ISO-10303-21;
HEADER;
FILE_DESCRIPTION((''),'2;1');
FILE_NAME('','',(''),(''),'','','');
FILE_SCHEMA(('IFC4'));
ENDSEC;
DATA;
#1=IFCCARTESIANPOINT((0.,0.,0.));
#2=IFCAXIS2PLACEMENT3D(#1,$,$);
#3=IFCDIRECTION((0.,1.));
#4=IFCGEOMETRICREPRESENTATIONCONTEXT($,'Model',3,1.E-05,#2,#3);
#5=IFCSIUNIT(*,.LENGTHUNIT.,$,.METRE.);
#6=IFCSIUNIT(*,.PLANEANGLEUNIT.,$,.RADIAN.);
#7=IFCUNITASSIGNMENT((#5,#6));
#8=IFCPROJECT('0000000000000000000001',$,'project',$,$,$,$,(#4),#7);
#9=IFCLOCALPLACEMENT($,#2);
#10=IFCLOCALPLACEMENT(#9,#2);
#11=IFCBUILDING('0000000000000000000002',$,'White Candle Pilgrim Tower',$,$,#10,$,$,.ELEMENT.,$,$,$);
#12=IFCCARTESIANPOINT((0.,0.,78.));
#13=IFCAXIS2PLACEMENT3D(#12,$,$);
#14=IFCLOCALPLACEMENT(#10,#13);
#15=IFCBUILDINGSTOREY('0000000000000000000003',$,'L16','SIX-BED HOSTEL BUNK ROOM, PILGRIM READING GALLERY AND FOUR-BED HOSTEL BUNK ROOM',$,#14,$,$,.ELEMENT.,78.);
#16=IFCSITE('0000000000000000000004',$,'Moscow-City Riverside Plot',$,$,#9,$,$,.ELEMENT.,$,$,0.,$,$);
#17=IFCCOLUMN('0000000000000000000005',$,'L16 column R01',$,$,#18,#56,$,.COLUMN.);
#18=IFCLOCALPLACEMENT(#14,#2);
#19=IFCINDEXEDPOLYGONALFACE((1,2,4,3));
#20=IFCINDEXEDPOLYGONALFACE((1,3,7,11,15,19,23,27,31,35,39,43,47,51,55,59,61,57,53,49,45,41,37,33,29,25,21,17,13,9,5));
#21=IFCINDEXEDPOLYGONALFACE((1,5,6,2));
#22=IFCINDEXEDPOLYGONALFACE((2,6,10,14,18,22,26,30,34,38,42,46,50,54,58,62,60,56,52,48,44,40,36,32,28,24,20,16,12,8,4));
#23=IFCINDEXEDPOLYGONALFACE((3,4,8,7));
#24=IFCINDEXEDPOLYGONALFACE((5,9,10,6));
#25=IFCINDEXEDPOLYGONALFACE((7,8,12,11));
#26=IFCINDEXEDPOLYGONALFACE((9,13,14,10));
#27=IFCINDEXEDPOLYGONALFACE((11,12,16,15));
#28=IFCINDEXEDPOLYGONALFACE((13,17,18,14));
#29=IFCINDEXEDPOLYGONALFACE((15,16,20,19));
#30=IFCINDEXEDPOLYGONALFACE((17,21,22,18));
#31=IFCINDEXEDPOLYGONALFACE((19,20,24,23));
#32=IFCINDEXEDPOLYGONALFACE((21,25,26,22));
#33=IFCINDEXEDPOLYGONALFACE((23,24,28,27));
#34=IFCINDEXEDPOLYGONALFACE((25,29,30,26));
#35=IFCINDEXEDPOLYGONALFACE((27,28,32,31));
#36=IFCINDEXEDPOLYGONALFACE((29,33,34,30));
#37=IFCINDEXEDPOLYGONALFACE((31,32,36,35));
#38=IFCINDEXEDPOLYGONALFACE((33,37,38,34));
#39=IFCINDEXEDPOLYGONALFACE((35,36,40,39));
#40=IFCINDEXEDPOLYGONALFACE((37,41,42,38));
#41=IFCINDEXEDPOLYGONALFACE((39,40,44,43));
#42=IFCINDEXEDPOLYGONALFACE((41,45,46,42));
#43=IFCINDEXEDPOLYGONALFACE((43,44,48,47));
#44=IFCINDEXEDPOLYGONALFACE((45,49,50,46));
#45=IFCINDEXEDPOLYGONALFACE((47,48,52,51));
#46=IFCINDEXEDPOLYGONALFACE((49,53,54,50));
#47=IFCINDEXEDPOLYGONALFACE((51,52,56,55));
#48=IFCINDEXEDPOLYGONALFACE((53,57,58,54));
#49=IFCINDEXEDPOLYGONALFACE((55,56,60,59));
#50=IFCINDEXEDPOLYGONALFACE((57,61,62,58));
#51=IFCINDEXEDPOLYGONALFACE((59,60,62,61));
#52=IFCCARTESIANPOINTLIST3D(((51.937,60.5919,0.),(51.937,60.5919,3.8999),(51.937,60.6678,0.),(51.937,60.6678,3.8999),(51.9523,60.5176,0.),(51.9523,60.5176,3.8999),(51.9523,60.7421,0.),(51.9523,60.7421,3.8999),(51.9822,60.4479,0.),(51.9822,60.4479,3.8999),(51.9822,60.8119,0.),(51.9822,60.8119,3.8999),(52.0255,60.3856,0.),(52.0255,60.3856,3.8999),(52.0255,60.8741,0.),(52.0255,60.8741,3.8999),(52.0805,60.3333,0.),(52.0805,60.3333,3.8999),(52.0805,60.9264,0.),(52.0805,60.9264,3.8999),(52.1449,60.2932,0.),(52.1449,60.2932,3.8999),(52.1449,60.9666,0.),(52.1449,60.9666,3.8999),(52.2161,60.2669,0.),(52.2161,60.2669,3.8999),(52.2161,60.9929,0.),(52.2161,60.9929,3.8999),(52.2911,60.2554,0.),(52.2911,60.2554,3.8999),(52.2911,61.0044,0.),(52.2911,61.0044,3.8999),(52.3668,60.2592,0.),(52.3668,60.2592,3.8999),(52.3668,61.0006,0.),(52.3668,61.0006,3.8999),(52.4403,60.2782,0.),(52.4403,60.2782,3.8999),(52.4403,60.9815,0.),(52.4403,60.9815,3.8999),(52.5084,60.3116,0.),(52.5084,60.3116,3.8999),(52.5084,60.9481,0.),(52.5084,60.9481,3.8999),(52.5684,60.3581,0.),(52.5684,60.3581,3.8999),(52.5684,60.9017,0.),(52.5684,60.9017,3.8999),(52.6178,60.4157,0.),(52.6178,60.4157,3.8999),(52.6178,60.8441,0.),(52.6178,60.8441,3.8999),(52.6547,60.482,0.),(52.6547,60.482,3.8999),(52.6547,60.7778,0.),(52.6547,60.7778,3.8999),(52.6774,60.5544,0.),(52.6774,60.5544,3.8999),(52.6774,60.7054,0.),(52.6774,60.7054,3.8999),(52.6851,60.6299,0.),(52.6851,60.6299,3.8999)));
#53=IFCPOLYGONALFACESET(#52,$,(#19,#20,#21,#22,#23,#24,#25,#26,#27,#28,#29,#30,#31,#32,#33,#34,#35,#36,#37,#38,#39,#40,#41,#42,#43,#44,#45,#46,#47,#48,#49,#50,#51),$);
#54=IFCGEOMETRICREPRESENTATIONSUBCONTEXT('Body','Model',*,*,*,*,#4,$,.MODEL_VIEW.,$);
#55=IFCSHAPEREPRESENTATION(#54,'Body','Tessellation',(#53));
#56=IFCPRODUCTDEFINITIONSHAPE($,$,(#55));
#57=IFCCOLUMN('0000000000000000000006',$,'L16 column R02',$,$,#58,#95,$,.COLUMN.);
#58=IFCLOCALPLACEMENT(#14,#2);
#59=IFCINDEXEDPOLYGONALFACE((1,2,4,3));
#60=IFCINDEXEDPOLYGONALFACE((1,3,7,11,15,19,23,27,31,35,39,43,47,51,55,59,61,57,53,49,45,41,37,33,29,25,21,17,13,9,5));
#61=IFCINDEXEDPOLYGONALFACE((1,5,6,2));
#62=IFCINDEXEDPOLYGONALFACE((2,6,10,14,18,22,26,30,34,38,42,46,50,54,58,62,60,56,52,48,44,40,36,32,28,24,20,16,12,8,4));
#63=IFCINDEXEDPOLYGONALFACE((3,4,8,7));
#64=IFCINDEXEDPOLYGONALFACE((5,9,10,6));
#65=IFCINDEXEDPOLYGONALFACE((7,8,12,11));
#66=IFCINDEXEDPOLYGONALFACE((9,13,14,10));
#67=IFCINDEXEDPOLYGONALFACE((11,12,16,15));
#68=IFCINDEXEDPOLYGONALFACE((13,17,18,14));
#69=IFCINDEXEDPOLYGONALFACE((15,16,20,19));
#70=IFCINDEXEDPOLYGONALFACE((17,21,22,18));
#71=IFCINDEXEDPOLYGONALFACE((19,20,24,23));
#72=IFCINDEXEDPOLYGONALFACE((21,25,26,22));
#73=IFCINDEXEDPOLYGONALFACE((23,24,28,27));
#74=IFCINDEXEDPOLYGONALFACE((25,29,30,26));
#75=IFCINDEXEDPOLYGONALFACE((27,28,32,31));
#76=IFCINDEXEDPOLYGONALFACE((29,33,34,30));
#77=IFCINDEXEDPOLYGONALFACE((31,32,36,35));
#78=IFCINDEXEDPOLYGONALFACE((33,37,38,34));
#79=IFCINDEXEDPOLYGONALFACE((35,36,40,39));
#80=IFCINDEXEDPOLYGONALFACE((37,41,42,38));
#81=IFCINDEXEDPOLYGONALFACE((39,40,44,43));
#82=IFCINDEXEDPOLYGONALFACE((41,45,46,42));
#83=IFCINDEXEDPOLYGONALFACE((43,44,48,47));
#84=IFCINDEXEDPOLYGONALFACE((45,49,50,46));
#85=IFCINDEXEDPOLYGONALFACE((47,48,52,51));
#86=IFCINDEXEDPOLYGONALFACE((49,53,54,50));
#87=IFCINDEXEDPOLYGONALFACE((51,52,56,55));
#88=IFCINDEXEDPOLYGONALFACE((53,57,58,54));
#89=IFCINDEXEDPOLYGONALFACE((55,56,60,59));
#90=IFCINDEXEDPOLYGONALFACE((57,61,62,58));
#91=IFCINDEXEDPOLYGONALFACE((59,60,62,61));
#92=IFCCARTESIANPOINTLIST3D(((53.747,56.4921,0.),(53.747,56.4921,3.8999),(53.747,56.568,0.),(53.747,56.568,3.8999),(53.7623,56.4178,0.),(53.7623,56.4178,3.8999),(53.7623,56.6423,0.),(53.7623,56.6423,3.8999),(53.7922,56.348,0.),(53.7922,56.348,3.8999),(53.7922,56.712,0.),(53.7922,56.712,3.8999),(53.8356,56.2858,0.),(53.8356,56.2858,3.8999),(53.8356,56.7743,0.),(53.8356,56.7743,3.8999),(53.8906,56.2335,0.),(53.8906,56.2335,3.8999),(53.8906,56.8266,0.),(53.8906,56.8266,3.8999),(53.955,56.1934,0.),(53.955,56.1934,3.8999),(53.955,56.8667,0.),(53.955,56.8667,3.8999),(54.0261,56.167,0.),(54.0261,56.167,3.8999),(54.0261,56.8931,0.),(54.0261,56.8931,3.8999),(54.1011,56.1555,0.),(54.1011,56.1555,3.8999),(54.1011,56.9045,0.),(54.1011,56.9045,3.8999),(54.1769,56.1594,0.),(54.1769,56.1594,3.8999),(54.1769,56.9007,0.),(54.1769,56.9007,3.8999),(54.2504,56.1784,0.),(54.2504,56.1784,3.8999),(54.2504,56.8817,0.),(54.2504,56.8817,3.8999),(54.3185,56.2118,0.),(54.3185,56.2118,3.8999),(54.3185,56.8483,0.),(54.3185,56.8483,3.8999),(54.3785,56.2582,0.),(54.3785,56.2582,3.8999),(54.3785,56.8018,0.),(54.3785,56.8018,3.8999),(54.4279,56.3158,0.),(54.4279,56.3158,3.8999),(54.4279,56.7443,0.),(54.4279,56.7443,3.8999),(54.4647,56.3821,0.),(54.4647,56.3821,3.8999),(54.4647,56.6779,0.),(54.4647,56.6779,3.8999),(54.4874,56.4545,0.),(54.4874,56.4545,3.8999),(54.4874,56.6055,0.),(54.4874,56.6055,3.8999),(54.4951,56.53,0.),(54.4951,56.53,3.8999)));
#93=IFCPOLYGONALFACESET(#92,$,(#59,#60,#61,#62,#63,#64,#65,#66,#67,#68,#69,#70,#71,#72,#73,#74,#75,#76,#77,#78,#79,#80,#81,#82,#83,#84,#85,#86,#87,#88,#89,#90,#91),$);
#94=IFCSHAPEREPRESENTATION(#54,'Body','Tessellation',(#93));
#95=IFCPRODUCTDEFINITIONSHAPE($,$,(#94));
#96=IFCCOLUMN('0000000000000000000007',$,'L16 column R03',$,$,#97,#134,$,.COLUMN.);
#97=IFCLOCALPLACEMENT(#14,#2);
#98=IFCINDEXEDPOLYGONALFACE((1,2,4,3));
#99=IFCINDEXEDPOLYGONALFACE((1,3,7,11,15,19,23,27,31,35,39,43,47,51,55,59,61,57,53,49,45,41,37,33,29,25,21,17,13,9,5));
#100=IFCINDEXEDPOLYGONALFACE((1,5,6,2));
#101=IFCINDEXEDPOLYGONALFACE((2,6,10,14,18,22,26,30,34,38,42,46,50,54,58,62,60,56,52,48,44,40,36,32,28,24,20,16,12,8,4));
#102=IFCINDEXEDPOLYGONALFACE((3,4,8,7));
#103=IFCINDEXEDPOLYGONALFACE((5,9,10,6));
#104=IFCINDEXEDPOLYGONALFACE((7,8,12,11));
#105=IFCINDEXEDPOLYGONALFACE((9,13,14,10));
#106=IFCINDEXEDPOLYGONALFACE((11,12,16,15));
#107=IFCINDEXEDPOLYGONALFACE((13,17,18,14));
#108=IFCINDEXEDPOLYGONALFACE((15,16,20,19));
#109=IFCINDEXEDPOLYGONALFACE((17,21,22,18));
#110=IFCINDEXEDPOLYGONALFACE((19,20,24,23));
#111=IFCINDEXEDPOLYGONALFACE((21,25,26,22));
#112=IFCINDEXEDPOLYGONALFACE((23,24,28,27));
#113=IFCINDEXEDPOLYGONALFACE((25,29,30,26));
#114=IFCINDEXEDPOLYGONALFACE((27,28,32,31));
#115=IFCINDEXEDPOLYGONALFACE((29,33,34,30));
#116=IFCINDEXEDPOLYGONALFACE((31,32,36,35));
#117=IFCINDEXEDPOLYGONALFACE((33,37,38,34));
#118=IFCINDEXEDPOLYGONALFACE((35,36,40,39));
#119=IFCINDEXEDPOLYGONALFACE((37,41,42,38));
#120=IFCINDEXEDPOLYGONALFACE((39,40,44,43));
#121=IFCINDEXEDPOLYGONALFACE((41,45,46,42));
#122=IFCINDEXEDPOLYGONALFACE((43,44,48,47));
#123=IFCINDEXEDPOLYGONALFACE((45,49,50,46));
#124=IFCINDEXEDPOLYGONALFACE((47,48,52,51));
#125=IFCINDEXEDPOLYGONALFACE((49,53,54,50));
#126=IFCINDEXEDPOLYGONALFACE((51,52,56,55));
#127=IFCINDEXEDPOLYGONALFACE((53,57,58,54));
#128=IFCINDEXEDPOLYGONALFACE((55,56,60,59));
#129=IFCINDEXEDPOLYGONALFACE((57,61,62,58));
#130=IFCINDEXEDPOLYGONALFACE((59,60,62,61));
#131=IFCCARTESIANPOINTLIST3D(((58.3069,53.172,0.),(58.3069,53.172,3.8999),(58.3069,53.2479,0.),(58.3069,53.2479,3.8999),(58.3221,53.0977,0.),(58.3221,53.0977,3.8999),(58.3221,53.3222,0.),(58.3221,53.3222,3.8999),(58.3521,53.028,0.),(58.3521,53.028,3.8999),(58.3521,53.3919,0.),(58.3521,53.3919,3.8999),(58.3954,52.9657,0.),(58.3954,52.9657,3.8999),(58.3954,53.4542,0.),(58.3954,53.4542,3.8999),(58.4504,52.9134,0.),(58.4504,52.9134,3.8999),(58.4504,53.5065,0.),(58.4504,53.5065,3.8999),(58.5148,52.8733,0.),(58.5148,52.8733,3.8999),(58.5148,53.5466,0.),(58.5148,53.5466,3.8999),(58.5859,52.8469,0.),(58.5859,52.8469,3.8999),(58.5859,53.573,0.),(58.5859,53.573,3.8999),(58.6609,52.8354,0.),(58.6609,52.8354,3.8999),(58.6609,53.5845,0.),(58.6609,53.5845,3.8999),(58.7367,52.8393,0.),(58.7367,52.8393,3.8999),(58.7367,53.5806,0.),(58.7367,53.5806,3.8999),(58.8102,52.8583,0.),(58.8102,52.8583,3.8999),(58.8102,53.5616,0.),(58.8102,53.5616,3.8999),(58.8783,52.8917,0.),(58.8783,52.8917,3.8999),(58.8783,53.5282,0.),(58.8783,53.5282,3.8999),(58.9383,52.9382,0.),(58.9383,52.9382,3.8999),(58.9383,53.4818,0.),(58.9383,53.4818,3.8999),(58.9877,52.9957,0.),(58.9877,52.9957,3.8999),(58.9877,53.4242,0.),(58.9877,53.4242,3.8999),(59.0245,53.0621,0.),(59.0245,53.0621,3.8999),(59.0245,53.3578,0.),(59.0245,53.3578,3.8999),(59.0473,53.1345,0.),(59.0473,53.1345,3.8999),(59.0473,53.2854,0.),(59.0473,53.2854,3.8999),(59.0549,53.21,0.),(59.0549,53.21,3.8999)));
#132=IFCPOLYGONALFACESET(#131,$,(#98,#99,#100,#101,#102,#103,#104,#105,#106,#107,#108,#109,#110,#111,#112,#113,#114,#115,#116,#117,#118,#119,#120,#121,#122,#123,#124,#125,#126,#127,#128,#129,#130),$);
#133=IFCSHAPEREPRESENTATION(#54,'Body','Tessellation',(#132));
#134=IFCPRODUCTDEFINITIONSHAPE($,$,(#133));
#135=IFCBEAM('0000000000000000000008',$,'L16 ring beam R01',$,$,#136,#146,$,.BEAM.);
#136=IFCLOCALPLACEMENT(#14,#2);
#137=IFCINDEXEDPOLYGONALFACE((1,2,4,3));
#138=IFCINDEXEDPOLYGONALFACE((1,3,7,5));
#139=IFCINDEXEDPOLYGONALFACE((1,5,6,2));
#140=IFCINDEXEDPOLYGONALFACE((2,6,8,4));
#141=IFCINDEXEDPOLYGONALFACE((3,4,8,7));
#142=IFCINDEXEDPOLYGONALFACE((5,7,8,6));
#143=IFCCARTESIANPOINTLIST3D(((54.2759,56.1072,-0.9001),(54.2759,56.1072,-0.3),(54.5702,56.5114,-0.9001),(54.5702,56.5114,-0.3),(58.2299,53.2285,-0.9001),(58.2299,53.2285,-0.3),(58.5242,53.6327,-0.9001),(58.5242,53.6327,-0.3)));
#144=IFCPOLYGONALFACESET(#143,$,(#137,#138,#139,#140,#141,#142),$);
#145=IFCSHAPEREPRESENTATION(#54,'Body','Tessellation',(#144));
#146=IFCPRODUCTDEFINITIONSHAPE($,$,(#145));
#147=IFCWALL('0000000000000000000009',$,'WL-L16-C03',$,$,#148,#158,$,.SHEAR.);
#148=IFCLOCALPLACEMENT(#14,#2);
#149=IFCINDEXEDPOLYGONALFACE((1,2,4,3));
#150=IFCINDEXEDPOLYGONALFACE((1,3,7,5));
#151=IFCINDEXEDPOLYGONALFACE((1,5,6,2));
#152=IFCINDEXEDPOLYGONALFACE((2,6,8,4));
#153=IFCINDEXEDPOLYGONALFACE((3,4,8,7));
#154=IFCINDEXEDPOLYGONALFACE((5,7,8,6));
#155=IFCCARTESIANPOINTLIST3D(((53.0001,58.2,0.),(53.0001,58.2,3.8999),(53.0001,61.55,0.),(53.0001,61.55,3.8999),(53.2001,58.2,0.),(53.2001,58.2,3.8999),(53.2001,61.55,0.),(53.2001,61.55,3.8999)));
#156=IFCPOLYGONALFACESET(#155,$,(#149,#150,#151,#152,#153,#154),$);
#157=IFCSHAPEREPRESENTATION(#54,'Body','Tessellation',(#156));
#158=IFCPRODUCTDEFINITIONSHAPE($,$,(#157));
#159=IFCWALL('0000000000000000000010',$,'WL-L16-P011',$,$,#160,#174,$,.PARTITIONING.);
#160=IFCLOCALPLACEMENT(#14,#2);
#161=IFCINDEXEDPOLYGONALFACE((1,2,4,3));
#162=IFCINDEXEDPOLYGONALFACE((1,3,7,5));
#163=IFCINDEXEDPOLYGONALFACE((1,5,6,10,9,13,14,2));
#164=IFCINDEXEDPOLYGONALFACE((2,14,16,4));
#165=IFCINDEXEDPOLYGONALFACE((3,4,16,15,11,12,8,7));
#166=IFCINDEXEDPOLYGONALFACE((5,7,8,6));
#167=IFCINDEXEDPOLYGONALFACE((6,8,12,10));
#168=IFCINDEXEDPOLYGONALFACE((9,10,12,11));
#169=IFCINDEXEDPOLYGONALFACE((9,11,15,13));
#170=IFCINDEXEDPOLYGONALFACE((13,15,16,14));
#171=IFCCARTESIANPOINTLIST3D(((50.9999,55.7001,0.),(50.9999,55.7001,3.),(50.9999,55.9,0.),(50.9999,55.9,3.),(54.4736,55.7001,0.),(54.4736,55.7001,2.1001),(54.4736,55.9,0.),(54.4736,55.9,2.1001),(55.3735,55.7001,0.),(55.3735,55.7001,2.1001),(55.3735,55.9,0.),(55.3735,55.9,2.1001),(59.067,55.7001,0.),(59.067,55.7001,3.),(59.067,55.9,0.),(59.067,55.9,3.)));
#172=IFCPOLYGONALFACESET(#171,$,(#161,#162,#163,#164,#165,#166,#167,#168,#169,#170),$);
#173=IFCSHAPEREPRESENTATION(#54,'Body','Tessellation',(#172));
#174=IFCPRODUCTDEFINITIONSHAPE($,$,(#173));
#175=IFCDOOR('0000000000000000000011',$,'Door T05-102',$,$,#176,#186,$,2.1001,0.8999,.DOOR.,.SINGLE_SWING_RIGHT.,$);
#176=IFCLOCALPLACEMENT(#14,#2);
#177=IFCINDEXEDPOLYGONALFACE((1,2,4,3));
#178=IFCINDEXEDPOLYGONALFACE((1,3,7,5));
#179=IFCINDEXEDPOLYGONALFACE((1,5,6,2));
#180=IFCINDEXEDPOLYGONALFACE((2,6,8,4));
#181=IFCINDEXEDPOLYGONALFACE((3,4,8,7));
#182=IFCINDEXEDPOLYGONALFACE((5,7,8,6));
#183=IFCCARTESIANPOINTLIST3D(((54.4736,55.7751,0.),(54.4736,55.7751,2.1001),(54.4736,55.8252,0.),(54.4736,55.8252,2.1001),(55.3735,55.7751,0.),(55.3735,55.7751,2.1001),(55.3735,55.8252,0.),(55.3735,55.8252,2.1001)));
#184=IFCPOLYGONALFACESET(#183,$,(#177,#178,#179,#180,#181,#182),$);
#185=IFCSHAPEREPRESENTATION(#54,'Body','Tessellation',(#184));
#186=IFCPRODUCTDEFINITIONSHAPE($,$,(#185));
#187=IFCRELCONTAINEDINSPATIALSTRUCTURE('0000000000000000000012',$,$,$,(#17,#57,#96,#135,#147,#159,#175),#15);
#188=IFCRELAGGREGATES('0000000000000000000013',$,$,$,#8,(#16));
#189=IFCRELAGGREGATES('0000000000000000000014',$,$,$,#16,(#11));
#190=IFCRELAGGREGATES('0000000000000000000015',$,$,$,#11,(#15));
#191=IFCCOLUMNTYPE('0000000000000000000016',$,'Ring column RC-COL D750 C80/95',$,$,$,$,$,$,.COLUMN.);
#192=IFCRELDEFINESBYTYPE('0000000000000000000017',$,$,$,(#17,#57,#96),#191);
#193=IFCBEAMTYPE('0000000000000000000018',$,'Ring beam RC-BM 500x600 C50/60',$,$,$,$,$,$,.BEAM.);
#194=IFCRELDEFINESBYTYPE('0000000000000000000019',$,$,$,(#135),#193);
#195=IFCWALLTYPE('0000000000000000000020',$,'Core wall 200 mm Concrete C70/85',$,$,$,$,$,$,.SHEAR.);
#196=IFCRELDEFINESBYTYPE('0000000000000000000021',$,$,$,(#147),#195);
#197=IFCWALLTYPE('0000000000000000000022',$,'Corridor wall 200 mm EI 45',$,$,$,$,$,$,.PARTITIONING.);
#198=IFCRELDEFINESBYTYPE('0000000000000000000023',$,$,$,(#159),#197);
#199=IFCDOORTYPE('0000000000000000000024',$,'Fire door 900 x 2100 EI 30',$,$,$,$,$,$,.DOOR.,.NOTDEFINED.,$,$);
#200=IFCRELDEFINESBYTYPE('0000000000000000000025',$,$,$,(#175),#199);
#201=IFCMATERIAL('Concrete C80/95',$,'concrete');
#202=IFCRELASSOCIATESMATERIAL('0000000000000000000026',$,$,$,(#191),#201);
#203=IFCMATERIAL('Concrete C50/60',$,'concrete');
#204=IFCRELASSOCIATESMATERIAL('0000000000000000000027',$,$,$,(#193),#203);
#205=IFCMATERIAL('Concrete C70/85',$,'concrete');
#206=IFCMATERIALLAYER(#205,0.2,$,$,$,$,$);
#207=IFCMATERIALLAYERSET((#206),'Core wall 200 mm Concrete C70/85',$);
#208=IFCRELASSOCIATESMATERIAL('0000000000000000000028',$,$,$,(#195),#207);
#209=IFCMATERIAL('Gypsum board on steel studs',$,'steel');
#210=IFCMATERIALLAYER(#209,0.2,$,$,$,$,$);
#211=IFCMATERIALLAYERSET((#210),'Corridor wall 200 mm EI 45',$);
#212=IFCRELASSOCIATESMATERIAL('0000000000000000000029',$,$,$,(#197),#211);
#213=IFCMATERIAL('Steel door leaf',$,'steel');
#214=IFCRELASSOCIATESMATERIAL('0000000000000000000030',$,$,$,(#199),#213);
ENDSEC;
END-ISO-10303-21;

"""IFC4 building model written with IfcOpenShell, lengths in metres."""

from ifc_helpers import new_model, si_unit, direction, frame, frame_2d, origin, origin_2d, place, context, subcontext, project, spatial, rectangle, circle, extrude, material, layer, layer_set, material_profile, profile_set, type_object, element, fill, save


model = new_model("IFC4")

# Units and contexts
model_context = context("Model", 3, precision=1e-05, world=origin(), true_north=direction((0.0, 1.0)))
body_context = subcontext(model_context, "Body", "Model", "MODEL_VIEW")
ifc_project = project(units=[si_unit("LENGTHUNIT", "METRE"), si_unit("PLANEANGLEUNIT", "RADIAN")], contexts=[model_context])

# Site, building, storey
site_placement = place(None, origin())
site = spatial("IfcSite", under=ifc_project, at=site_placement, Name="Moscow-City Riverside Plot", CompositionType="ELEMENT", RefElevation=0.0)
building_placement = place(site_placement, origin())
building = spatial("IfcBuilding", under=site, at=building_placement, Name="White Candle Pilgrim Tower", CompositionType="ELEMENT")
storey_placement = place(building_placement, frame((0.0, 0.0, 78.0)))
storey = spatial("IfcBuildingStorey", under=building, at=storey_placement, Name="L16", Description="SIX-BED HOSTEL BUNK ROOM, PILGRIM READING GALLERY AND FOUR-BED HOSTEL BUNK ROOM", CompositionType="ELEMENT", Elevation=78.0)

# Columns
ifc_material_1 = material(Name="Concrete C80/95", Category="concrete")
ifc_material_profile_1 = material_profile(ifc_material_1, circle(Radius=0.375, at=origin_2d()), Name="RC-COL D750")
ifc_profile_set_1 = profile_set([ifc_material_profile_1], Name="Concrete C80/95")
column_type = type_object("IfcColumnType", Name="Ring column RC-COL D750 C80/95", PredefinedType="COLUMN", material=ifc_profile_set_1)
for number, where, z_axis, x_axis, name in (
    (1, (52.3101, 60.6299, 0.0), (0.0, 0.0, 1.0), (1.0, 0.0, 0.0), "L16 column R01"),
    (2, (54.1201, 56.53, 0.0), (0.0, 0.0, 1.0), (1.0, 0.0, 0.0), "L16 column R02"),
    (3, (58.6799, 53.21, 0.0), (0.0, 0.0, 1.0), (1.0, 0.0, 0.0), "L16 column R03"),
):
    element("IfcColumn", number, at=place(storey_placement, frame(where, z_axis=z_axis, x_axis=x_axis)), inside=storey, type_object=column_type, Name=name, PredefinedType="COLUMN", context=body_context, shape_type="SweptSolid", body=[
        extrude(circle(Radius=0.375, at=origin_2d()), origin(), (0.0, 0.0, 1.0), 3.8999),
    ])

# Beam
ifc_material_2 = material(Name="Concrete C50/60", Category="concrete")
ifc_material_profile_2 = material_profile(ifc_material_2, rectangle(XDim=0.5, YDim=0.6001, at=origin_2d()), Name="RC-BM 500x600")
ifc_profile_set_2 = profile_set([ifc_material_profile_2], Name="Concrete C50/60")
beam_type = type_object("IfcBeamType", Name="Ring beam RC-BM 500x600 C50/60", PredefinedType="BEAM", material=ifc_profile_set_2)
beam_placement = place(storey_placement, frame((54.4231, 56.3093, -0.6001), z_axis=(0.808432, -0.58859, 0.0), x_axis=(0.58859, 0.808432, 0.0)))
element("IfcBeam", 4, at=beam_placement, inside=storey, type_object=beam_type, Name="L16 ring beam R01", PredefinedType="BEAM", context=body_context, shape_type="SweptSolid", body=[
    extrude(rectangle(XDim=0.5, YDim=0.6001, at=origin_2d()), origin(), (0.0, 0.0, 1.0), 4.8909),
])

# Wall
ifc_material_3 = material(Name="Concrete C70/85", Category="concrete")
ifc_layer_1 = layer(ifc_material_3, 0.2)
ifc_layer_set_1 = layer_set([ifc_layer_1], Name="Core wall 200 mm Concrete C70/85")
wall_type_1 = type_object("IfcWallType", Name="Core wall 200 mm Concrete C70/85", PredefinedType="SHEAR", material=ifc_layer_set_1)
wall_1_placement = place(storey_placement, frame((53.1001, 58.2, 0.0), z_axis=(0.0, 0.0, 1.0), x_axis=(0.0, 1.0, 0.0)))
element("IfcWall", 5, at=wall_1_placement, inside=storey, type_object=wall_type_1, Name="WL-L16-C03", PredefinedType="SHEAR", context=body_context, shape_type="SweptSolid", body=[
    extrude(rectangle(XDim=3.3501, YDim=0.2, at=frame_2d((1.675, 0.0))), origin(), (0.0, 0.0, 1.0), 3.8999),
])

# Wall, opening, door
ifc_material_4 = material(Name="Gypsum board on steel studs", Category="steel")
ifc_layer_2 = layer(ifc_material_4, 0.2)
ifc_layer_set_2 = layer_set([ifc_layer_2], Name="Corridor wall 200 mm EI 45")
wall_type_2 = type_object("IfcWallType", Name="Corridor wall 200 mm EI 45", PredefinedType="PARTITIONING", material=ifc_layer_set_2)
wall_2_placement = place(storey_placement, frame((59.0671, 55.8, 0.0), z_axis=(0.0, 0.0, 1.0), x_axis=(-1.0, 0.0, 0.0)))
wall_2 = element("IfcWall", 6, at=wall_2_placement, inside=storey, type_object=wall_type_2, Name="WL-L16-P011", PredefinedType="PARTITIONING", context=body_context, shape_type="SweptSolid", body=[
    extrude(rectangle(XDim=8.0671, YDim=0.2, at=frame_2d((4.0337, 0.0))), origin(), (0.0, 0.0, 1.0), 3.0),
])
opening_1_placement = place(wall_2_placement, frame((3.6936, 0.0, 0.0)))
opening_1 = element("IfcOpeningElement", 7, at=opening_1_placement, cuts=wall_2, PredefinedType="OPENING", context=body_context, shape_type="SweptSolid", body=[
    extrude(rectangle(XDim=0.8999, YDim=2.1001, at=frame_2d((0.45, 1.05))), frame((0.0, 0.1099, 0.0), z_axis=(0.0, -1.0, 0.0), x_axis=(1.0, 0.0, 0.0)), (0.0, 0.0, 1.0), 0.22),
])
ifc_material_5 = material(Name="Steel door leaf", Category="steel")
door_type_1 = type_object("IfcDoorType", Name="Fire door 900 x 2100 EI 30", OperationType="NOTDEFINED", PredefinedType="DOOR", material=ifc_material_5)
door_1_placement = place(opening_1_placement, origin())
door_1 = element("IfcDoor", 8, at=door_1_placement, inside=storey, type_object=door_type_1, Name="Door T05-102", OperationType="SINGLE_SWING_RIGHT", OverallHeight=2.1001, OverallWidth=0.8999, PredefinedType="DOOR", context=body_context, shape_type="SweptSolid", body=[
    extrude(rectangle(XDim=0.8999, YDim=2.1001, at=frame_2d((0.45, 1.05))), frame((0.0, 0.0249, 0.0), z_axis=(0.0, -1.0, 0.0), x_axis=(1.0, 0.0, 0.0)), (0.0, 0.0, 1.0), 0.05),
])
fill(opening_1, door_1)

save(model, "model.ifc")
